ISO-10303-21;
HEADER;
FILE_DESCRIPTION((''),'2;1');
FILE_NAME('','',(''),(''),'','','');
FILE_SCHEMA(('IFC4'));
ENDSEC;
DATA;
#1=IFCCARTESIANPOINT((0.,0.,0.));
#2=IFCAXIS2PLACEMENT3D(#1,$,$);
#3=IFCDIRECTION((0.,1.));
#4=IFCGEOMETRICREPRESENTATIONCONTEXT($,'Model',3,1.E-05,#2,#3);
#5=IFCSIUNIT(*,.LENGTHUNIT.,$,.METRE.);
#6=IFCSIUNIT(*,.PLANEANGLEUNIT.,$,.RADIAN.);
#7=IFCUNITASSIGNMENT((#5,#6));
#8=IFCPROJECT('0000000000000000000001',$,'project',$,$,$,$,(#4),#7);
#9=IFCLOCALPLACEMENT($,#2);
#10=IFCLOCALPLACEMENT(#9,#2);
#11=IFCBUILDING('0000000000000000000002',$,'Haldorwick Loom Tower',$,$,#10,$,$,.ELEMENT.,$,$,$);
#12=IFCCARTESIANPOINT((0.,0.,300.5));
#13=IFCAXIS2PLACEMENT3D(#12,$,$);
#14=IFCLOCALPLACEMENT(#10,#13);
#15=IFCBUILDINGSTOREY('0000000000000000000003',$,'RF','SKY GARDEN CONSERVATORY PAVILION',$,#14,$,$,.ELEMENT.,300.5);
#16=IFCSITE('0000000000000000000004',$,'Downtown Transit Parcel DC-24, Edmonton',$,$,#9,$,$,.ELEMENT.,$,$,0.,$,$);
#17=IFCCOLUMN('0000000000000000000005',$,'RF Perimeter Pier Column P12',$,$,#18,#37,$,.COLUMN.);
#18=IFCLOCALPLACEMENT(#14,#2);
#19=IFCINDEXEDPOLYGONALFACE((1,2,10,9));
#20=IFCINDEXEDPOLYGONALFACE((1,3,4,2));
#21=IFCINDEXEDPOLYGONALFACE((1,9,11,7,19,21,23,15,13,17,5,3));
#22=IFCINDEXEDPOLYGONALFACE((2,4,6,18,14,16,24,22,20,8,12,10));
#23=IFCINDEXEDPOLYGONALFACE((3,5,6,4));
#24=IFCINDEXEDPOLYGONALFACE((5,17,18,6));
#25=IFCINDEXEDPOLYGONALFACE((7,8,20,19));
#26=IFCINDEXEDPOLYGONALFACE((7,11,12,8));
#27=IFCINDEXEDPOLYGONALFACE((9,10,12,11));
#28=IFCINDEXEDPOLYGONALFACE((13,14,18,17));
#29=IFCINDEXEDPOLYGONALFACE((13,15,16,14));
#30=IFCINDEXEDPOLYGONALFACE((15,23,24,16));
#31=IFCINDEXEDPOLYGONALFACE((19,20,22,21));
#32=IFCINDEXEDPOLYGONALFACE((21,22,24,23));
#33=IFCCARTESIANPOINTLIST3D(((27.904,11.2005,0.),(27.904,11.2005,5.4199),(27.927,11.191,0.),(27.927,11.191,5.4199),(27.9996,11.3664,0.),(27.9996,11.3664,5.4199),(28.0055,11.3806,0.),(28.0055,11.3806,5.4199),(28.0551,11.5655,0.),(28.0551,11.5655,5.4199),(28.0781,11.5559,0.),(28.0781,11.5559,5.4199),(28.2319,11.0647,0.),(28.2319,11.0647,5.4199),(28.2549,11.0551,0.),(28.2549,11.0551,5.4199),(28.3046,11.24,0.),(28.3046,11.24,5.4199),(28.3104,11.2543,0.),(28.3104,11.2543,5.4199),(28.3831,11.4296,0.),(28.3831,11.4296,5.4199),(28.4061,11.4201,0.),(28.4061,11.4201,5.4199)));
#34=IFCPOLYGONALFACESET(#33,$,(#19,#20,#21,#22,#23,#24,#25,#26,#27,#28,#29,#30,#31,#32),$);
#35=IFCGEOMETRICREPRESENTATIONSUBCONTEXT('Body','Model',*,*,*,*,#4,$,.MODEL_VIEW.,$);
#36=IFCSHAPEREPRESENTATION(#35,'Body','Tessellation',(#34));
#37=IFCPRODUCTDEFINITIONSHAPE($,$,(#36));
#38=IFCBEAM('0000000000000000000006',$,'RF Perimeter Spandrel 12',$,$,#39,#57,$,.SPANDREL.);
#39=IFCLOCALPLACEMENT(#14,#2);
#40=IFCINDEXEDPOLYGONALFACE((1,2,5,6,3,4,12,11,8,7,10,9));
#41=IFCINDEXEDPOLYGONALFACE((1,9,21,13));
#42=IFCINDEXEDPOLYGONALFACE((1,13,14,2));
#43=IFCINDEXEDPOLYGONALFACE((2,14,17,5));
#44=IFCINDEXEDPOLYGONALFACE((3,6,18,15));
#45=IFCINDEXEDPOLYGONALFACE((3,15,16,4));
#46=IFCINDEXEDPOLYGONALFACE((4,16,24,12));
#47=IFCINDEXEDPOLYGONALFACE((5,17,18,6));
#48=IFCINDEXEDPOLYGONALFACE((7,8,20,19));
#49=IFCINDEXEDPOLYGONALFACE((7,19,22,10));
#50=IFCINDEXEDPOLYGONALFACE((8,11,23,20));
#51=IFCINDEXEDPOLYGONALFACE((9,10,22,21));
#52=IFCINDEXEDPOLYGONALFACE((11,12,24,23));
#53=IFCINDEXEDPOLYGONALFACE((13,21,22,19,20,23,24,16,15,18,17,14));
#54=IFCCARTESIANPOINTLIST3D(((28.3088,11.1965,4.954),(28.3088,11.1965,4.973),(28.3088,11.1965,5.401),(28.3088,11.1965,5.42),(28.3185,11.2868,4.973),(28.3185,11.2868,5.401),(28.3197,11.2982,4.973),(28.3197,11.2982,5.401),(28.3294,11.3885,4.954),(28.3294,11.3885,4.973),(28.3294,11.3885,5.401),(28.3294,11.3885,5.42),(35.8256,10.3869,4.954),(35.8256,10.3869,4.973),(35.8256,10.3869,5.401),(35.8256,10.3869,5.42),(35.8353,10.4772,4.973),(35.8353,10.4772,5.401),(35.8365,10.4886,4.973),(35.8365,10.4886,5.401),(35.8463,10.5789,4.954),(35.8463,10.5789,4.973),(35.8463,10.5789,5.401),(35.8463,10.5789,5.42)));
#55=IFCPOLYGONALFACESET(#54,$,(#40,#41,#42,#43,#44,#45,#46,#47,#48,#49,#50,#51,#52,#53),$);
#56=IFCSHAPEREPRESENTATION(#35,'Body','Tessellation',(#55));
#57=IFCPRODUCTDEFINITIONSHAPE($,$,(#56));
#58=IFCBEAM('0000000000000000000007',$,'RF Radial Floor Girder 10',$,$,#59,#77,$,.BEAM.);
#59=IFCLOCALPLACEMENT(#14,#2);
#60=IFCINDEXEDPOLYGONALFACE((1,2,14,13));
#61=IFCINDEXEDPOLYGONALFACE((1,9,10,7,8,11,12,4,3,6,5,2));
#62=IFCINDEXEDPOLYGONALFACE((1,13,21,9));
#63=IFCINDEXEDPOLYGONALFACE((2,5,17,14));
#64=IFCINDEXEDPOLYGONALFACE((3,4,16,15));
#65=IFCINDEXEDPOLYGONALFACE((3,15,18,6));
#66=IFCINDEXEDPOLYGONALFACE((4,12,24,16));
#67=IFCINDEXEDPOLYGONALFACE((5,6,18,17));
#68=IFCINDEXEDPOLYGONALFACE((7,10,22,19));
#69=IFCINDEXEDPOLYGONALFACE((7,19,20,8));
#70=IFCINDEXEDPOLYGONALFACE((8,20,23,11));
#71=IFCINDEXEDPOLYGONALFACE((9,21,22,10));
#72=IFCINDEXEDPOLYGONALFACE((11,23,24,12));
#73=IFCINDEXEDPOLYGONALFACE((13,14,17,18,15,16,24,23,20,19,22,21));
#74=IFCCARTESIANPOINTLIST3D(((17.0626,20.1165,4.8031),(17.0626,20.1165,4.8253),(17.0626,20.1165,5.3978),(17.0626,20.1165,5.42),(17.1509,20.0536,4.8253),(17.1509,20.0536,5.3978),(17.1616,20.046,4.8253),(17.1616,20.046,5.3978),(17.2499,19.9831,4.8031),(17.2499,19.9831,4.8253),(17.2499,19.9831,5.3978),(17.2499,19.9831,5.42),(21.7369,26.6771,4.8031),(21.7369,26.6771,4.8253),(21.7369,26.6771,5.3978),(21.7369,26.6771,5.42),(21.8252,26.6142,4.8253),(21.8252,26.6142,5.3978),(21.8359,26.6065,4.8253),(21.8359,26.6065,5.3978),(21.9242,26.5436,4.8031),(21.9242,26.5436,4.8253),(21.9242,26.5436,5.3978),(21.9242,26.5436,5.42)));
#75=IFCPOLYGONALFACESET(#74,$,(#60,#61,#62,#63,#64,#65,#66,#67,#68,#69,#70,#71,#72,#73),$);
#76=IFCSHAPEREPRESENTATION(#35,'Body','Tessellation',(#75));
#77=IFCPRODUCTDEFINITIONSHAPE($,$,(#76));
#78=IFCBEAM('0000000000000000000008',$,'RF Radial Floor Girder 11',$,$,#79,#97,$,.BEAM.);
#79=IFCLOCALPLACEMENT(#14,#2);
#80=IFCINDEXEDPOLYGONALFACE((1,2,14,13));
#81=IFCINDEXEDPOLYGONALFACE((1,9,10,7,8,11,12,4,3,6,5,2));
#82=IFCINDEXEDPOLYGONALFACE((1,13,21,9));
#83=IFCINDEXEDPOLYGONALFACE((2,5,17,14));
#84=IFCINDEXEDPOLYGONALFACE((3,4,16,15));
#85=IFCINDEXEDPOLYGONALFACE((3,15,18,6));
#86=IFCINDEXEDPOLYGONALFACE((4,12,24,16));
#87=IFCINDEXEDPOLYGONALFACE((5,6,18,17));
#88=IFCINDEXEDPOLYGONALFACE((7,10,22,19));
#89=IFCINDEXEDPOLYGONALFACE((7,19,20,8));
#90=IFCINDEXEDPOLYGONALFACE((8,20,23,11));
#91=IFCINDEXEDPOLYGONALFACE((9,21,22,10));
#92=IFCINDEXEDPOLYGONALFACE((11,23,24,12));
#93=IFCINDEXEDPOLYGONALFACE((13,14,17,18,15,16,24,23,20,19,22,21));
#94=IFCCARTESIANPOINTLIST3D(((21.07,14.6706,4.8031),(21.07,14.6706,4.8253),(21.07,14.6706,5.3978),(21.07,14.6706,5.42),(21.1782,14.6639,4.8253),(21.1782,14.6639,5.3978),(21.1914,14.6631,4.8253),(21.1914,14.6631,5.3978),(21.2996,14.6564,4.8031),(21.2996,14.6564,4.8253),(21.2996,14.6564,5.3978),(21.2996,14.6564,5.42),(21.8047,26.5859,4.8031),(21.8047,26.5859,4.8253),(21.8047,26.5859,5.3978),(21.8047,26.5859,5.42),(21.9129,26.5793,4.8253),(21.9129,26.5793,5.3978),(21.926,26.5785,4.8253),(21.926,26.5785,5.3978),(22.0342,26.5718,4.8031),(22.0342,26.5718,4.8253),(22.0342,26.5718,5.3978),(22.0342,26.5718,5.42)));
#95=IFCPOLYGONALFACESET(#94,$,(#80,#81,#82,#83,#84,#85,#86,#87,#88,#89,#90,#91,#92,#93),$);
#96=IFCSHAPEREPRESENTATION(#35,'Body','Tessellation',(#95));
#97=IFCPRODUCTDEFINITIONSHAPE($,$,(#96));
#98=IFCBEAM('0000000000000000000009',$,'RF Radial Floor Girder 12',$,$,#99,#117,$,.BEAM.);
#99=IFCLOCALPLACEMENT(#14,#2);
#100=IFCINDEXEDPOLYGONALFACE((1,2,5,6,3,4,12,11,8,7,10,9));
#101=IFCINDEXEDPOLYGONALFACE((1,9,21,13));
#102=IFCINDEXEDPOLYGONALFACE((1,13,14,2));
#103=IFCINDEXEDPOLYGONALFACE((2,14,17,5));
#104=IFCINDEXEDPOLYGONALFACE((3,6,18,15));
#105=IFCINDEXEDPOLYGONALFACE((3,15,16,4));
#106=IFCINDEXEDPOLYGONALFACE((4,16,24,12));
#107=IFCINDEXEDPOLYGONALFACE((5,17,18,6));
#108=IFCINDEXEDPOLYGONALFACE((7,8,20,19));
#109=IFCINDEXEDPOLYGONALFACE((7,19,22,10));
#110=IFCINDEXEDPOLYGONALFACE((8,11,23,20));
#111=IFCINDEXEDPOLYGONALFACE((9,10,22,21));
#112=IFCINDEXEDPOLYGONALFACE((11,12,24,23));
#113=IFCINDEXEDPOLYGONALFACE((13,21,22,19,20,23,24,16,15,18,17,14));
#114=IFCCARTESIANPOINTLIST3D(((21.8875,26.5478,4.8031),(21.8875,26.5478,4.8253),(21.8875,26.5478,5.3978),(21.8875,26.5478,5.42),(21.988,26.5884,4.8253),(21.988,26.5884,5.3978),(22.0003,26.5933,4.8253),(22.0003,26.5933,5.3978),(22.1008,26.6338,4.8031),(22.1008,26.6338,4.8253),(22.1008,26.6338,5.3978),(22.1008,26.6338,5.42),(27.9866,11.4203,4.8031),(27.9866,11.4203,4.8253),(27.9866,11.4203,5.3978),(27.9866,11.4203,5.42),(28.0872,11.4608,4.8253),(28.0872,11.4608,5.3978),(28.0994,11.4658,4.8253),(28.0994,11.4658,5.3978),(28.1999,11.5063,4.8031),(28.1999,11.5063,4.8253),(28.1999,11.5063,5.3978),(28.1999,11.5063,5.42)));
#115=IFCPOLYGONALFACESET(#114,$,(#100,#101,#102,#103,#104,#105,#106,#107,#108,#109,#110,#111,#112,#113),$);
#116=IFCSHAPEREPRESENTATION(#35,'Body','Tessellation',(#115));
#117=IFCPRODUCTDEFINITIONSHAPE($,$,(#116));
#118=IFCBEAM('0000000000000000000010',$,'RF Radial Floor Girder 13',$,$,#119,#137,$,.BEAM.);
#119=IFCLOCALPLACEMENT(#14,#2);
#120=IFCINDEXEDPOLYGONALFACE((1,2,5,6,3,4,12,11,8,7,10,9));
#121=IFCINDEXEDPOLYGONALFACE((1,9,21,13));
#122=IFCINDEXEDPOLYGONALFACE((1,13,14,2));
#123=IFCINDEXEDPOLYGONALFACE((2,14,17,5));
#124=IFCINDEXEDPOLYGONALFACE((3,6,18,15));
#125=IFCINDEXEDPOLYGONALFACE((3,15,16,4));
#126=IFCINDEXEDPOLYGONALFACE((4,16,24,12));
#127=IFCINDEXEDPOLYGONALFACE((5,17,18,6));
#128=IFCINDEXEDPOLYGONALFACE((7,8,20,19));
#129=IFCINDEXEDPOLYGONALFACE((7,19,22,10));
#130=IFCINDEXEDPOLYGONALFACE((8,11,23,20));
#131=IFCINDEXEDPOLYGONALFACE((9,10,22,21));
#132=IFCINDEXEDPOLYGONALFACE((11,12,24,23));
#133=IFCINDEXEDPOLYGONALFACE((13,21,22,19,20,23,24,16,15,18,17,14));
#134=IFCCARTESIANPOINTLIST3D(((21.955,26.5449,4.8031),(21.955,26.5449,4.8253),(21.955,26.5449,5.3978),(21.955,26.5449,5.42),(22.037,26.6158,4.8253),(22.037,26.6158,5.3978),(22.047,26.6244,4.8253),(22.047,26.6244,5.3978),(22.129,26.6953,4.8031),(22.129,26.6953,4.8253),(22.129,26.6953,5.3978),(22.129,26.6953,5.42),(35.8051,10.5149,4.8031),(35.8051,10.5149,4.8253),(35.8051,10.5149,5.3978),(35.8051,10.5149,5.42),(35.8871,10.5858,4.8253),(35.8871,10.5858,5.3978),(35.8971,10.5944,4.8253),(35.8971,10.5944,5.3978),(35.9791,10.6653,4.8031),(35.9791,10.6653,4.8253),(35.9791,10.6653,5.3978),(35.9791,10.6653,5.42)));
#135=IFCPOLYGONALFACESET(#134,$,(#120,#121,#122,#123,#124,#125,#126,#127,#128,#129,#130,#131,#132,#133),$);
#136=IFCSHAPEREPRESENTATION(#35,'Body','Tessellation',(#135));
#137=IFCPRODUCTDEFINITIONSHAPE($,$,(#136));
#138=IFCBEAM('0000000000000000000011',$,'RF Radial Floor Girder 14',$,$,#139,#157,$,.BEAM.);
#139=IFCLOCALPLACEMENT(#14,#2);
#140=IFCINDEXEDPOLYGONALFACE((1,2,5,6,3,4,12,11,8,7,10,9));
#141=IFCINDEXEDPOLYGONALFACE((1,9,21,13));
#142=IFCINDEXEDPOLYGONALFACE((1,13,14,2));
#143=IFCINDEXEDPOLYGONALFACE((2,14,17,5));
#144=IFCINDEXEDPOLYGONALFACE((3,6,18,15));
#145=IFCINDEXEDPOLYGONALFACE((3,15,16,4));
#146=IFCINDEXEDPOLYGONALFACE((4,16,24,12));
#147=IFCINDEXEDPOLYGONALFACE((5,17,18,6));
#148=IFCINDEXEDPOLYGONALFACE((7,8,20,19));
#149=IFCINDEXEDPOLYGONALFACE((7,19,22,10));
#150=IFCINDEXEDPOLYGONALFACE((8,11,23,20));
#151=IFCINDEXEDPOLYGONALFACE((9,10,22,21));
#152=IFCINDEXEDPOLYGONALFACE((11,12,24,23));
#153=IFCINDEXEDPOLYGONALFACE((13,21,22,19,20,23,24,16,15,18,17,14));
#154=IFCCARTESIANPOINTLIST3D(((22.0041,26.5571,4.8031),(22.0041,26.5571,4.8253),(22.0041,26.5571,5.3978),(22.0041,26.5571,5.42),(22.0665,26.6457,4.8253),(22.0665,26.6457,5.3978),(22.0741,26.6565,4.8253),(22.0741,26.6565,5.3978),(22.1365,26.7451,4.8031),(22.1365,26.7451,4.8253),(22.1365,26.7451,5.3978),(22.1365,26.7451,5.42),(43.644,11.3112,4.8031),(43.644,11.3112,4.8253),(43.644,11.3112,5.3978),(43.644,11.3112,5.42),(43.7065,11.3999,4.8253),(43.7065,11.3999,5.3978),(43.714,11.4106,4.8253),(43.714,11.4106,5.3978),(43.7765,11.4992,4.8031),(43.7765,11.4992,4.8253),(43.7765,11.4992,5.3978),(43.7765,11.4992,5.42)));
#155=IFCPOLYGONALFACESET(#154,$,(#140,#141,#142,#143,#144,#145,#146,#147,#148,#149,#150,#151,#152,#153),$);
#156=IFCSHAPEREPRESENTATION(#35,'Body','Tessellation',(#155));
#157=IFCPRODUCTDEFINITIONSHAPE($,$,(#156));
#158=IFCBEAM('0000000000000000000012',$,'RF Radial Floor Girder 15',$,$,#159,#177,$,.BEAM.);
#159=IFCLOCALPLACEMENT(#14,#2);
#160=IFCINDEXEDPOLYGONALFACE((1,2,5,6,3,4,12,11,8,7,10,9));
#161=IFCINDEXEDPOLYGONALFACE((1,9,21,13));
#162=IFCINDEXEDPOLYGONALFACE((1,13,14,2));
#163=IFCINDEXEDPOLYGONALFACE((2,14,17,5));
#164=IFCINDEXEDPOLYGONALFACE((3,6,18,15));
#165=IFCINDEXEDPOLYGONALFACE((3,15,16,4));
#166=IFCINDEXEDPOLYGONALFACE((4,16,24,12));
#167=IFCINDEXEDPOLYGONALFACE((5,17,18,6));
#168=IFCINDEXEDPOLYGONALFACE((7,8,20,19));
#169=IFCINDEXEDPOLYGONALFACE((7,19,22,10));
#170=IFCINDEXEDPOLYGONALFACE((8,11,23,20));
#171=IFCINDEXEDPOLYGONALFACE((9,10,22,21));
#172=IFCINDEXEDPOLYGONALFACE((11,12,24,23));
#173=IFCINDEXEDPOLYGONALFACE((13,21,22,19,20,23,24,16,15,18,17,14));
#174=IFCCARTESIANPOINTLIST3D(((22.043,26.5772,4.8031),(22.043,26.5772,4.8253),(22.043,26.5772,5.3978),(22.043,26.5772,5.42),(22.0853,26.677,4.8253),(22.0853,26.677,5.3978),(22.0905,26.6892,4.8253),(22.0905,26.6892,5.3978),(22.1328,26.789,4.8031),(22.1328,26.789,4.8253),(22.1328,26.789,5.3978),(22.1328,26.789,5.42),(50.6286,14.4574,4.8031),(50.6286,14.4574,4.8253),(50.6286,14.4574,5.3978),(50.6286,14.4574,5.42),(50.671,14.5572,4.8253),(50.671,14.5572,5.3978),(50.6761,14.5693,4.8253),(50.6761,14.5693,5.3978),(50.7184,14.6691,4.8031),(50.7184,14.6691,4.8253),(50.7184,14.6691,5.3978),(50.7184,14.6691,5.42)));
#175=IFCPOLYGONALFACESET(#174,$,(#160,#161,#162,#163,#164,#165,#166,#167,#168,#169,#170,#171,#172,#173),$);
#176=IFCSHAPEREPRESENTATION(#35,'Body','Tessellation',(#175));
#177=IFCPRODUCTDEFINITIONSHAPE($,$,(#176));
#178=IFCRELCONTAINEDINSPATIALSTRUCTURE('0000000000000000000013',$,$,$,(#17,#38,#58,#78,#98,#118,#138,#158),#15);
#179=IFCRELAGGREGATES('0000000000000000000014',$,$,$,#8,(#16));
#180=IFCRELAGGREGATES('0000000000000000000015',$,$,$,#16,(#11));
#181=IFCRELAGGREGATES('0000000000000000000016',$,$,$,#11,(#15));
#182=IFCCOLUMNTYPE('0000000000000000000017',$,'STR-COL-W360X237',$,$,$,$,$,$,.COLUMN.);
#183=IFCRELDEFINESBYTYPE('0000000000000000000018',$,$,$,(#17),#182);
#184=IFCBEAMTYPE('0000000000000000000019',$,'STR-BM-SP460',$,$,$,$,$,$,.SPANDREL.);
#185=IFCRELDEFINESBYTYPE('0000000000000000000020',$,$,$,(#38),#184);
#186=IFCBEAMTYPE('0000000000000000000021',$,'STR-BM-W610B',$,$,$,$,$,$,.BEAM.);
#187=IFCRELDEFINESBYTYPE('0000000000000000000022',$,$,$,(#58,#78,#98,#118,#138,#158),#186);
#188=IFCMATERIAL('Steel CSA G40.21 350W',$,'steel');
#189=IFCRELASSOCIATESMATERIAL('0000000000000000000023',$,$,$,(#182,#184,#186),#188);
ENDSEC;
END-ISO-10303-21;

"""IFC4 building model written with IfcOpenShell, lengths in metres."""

from ifc_helpers import new_model, si_unit, direction, frame, origin, origin_2d, place, context, subcontext, project, spatial, i_section, extrude, material, material_profile, profile_set, type_object, element, save


model = new_model("IFC4")

# Units and contexts
model_context = context("Model", 3, precision=1e-05, world=origin(), true_north=direction((0.0, 1.0)))
body_context = subcontext(model_context, "Body", "Model", "MODEL_VIEW")
ifc_project = project(units=[si_unit("LENGTHUNIT", "METRE"), si_unit("PLANEANGLEUNIT", "RADIAN")], contexts=[model_context])

# Site, building, storey
site_placement = place(None, origin())
site = spatial("IfcSite", under=ifc_project, at=site_placement, Name="Downtown Transit Parcel DC-24, Edmonton", CompositionType="ELEMENT", RefElevation=0.0)
building_placement = place(site_placement, origin())
building = spatial("IfcBuilding", under=site, at=building_placement, Name="Haldorwick Loom Tower", CompositionType="ELEMENT")
storey_placement = place(building_placement, frame((0.0, 0.0, 300.5)))
storey = spatial("IfcBuildingStorey", under=building, at=storey_placement, Name="RF", Description="SKY GARDEN CONSERVATORY PAVILION", CompositionType="ELEMENT", Elevation=300.5)

# Column
ifc_material_1 = material(Name="Steel CSA G40.21 350W", Category="steel")
ifc_material_profile_1 = material_profile(ifc_material_1, i_section(OverallWidth=0.395, OverallDepth=0.3799, WebThickness=0.0154, FlangeThickness=0.0249, at=origin_2d()), Name="W360X237", Category="steel")
ifc_profile_set_1 = profile_set([ifc_material_profile_1], Name="Steel CSA G40.21 350W")
column_type = type_object("IfcColumnType", Name="STR-COL-W360X237", PredefinedType="COLUMN", material=ifc_profile_set_1)
column_placement = place(storey_placement, frame((28.155, 11.3103, 0.0), z_axis=(0.0, 0.0, 1.0), x_axis=(-0.382683, -0.92388, 0.0)))
element("IfcColumn", 1, at=column_placement, inside=storey, type_object=column_type, Name="RF Perimeter Pier Column P12", PredefinedType="COLUMN", context=body_context, shape_type="SweptSolid", body=[
    extrude(i_section(OverallWidth=0.395, OverallDepth=0.3799, WebThickness=0.0154, FlangeThickness=0.0249, at=origin_2d()), origin(), (0.0, 0.0, 1.0), 5.4199),
])

# Beams
ifc_material_profile_2 = material_profile(ifc_material_1, i_section(OverallWidth=0.1931, OverallDepth=0.4661, WebThickness=0.0115, FlangeThickness=0.019, at=origin_2d()), Name="W460X97", Category="steel")
ifc_profile_set_2 = profile_set([ifc_material_profile_2], Name="Steel CSA G40.21 350W")
beam_type_1 = type_object("IfcBeamType", Name="STR-BM-SP460", PredefinedType="SPANDREL", material=ifc_profile_set_2)
beam_1_placement = place(storey_placement, frame((28.3191, 11.2925, 5.187), z_axis=(0.99425, -0.107082, 0.0), x_axis=(0.107082, 0.99425, 0.0)))
element("IfcBeam", 2, at=beam_1_placement, inside=storey, type_object=beam_type_1, Name="RF Perimeter Spandrel 12", PredefinedType="SPANDREL", context=body_context, shape_type="SweptSolid", body=[
    extrude(i_section(OverallWidth=0.1931, OverallDepth=0.4661, WebThickness=0.0115, FlangeThickness=0.019, at=origin_2d()), origin(), (0.0, 0.0, 1.0), 7.5603),
])
ifc_material_profile_3 = material_profile(ifc_material_1, i_section(OverallWidth=0.23, OverallDepth=0.6169, WebThickness=0.0132, FlangeThickness=0.0222, at=origin_2d()), Name="W610X140", Category="steel")
ifc_profile_set_3 = profile_set([ifc_material_profile_3], Name="Steel CSA G40.21 350W")
beam_type_2 = type_object("IfcBeamType", Name="STR-BM-W610B", PredefinedType="BEAM", material=ifc_profile_set_3)
beam_2_placement = place(storey_placement, frame((21.8306, 26.6104, 5.1116), z_axis=(-0.580269, -0.814425, 0.0), x_axis=(0.814425, -0.580269, 0.0)))
element("IfcBeam", 3, at=beam_2_placement, inside=storey, type_object=beam_type_2, Name="RF Radial Floor Girder 10", PredefinedType="BEAM", context=body_context, shape_type="SweptSolid", body=[
    extrude(i_section(OverallWidth=0.23, OverallDepth=0.6169, WebThickness=0.0132, FlangeThickness=0.0222, at=origin_2d()), origin(), (0.0, 0.0, 1.0), 8.0554),
])
beam_3_placement = place(storey_placement, frame((21.9194, 26.5789, 5.1116), z_axis=(-0.061537, -0.998105, 0.0), x_axis=(0.998105, -0.061537, 0.0)))
element("IfcBeam", 4, at=beam_3_placement, inside=storey, type_object=beam_type_2, Name="RF Radial Floor Girder 11", PredefinedType="BEAM", context=body_context, shape_type="SweptSolid", body=[
    extrude(i_section(OverallWidth=0.23, OverallDepth=0.6169, WebThickness=0.0132, FlangeThickness=0.0222, at=origin_2d()), origin(), (0.0, 0.0, 1.0), 11.938),
])
beam_4_placement = place(storey_placement, frame((21.9941, 26.5908, 5.1116), z_axis=(0.373934, -0.927455, 0.0), x_axis=(0.927455, 0.373934, 0.0)))
element("IfcBeam", 5, at=beam_4_placement, inside=storey, type_object=beam_type_2, Name="RF Radial Floor Girder 12", PredefinedType="BEAM", context=body_context, shape_type="SweptSolid", body=[
    extrude(i_section(OverallWidth=0.23, OverallDepth=0.6169, WebThickness=0.0132, FlangeThickness=0.0222, at=origin_2d()), origin(), (0.0, 0.0, 1.0), 16.3108),
])
beam_5_placement = place(storey_placement, frame((22.042, 26.6201, 5.1116), z_axis=(0.653782, -0.756683, 0.0), x_axis=(0.756683, 0.653782, 0.0)))
element("IfcBeam", 6, at=beam_5_placement, inside=storey, type_object=beam_type_2, Name="RF Radial Floor Girder 13", PredefinedType="BEAM", context=body_context, shape_type="SweptSolid", body=[
    extrude(i_section(OverallWidth=0.23, OverallDepth=0.6169, WebThickness=0.0132, FlangeThickness=0.0222, at=origin_2d()), origin(), (0.0, 0.0, 1.0), 21.1846),
])
beam_6_placement = place(storey_placement, frame((22.0703, 26.6511, 5.1116), z_axis=(0.81749, -0.575942, 0.0), x_axis=(0.575942, 0.81749, 0.0)))
element("IfcBeam", 7, at=beam_6_placement, inside=storey, type_object=beam_type_2, Name="RF Radial Floor Girder 14", PredefinedType="BEAM", context=body_context, shape_type="SweptSolid", body=[
    extrude(i_section(OverallWidth=0.23, OverallDepth=0.6169, WebThickness=0.0132, FlangeThickness=0.0222, at=origin_2d()), origin(), (0.0, 0.0, 1.0), 26.4712),
])
beam_7_placement = place(storey_placement, frame((22.0879, 26.6831, 5.1116), z_axis=(0.920667, -0.390348, 0.0), x_axis=(0.390348, 0.920667, 0.0)))
element("IfcBeam", 8, at=beam_7_placement, inside=storey, type_object=beam_type_2, Name="RF Radial Floor Girder 15", PredefinedType="BEAM", context=body_context, shape_type="SweptSolid", body=[
    extrude(i_section(OverallWidth=0.23, OverallDepth=0.6169, WebThickness=0.0132, FlangeThickness=0.0222, at=origin_2d()), origin(), (0.0, 0.0, 1.0), 31.0488),
])

save(model, "model.ifc")
